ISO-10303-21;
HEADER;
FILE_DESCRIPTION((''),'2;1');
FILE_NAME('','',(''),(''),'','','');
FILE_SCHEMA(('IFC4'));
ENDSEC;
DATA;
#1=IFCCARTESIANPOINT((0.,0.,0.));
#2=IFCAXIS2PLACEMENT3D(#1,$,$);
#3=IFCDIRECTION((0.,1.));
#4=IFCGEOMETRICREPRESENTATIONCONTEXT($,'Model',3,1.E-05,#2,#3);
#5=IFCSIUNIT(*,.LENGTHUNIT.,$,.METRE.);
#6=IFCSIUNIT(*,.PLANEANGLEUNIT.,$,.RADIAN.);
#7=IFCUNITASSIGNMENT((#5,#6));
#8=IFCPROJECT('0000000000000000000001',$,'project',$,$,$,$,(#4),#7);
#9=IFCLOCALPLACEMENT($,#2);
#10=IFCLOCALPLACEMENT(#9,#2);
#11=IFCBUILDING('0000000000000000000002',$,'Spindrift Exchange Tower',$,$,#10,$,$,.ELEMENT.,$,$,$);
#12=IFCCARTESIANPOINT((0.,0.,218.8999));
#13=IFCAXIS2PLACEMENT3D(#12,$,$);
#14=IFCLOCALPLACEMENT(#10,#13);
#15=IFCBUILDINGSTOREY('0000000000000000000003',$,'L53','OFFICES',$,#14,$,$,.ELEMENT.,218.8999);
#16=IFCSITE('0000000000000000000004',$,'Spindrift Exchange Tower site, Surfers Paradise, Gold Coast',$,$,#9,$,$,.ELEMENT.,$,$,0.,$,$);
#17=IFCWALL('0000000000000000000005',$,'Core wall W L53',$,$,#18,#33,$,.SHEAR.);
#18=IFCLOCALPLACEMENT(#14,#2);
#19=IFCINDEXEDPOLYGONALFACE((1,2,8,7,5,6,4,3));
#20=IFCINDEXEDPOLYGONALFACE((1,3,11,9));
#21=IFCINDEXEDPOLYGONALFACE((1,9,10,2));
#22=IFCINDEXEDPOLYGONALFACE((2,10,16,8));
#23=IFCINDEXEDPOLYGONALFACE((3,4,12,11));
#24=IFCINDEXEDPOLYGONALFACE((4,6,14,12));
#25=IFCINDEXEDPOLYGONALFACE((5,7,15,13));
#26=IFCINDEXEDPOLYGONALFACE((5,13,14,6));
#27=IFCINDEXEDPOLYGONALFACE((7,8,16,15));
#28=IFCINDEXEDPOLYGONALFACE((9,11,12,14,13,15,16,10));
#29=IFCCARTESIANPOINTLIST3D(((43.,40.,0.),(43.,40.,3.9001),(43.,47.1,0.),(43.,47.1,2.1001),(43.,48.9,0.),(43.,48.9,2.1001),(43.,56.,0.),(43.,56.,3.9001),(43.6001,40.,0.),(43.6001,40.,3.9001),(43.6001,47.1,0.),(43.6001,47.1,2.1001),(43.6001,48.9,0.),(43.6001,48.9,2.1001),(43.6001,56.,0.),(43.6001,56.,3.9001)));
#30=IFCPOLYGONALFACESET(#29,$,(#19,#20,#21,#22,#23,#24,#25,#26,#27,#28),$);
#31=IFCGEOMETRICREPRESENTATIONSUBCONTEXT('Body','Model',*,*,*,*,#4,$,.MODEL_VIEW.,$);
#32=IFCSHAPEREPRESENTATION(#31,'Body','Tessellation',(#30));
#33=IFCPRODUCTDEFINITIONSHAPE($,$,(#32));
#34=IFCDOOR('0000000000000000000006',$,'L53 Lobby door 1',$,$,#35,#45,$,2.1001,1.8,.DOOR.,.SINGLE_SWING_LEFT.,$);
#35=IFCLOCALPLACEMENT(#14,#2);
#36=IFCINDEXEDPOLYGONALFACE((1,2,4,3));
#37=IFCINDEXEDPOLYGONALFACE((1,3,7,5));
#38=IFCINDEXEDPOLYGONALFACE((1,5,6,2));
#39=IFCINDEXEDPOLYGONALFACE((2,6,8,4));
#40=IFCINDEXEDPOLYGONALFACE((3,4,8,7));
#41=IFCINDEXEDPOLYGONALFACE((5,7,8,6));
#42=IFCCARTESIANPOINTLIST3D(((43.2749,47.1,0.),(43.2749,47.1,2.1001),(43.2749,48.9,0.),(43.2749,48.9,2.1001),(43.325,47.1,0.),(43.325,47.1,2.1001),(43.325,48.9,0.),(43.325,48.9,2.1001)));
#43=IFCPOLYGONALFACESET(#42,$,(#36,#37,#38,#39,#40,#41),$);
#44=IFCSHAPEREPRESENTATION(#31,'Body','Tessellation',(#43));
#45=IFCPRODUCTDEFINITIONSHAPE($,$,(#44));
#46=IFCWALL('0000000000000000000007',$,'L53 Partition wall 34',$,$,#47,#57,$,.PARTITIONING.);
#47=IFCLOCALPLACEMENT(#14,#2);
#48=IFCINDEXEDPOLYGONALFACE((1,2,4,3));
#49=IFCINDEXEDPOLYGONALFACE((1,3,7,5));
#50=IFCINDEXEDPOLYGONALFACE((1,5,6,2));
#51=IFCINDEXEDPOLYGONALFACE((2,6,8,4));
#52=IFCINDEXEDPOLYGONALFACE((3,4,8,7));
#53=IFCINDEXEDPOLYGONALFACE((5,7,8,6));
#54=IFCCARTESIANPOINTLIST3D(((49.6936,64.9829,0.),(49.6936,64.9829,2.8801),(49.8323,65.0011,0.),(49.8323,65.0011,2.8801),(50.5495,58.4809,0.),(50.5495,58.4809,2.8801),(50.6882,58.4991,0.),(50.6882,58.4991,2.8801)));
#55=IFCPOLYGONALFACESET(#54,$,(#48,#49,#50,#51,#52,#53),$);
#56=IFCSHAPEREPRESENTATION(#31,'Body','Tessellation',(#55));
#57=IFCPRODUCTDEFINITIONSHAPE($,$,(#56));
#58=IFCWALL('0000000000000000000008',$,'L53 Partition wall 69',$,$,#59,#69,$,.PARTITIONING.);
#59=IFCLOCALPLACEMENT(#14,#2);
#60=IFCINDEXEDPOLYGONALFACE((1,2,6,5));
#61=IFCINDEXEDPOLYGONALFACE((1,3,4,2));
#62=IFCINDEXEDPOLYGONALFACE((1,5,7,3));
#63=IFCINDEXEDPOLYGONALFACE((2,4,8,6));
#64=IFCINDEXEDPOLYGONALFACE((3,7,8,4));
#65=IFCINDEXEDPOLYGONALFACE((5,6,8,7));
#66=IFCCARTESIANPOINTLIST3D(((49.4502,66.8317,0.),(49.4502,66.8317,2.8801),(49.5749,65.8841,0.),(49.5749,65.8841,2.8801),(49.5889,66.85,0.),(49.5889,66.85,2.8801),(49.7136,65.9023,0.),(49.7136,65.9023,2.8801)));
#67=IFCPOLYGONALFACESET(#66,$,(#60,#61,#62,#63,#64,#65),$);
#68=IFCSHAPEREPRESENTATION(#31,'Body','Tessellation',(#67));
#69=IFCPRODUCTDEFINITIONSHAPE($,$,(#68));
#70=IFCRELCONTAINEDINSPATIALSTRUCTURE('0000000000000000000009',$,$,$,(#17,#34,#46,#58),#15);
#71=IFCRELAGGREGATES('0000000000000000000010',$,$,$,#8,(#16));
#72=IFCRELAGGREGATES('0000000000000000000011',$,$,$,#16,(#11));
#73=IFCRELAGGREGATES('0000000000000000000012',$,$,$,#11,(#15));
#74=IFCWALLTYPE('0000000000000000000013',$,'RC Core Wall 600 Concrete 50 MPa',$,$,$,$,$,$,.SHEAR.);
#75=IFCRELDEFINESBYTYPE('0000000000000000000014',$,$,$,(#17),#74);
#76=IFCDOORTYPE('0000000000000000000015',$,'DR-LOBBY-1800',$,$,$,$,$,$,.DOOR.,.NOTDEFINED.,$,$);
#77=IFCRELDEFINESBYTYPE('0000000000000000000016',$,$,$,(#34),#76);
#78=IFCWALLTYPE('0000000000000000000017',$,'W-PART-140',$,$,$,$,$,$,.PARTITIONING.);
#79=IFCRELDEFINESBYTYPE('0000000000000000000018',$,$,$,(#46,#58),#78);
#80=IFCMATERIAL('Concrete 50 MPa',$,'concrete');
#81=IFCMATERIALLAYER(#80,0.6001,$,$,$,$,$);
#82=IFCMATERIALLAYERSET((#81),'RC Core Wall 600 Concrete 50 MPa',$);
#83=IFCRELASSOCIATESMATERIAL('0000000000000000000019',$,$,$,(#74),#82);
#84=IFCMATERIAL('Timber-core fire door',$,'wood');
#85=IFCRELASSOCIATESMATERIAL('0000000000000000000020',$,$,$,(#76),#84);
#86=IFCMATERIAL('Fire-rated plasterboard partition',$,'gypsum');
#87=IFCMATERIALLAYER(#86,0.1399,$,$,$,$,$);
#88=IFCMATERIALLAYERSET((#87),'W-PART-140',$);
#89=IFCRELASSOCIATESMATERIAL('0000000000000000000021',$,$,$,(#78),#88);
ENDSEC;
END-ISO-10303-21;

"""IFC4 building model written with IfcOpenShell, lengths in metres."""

from ifc_helpers import new_model, si_unit, direction, frame, frame_2d, origin, place, context, subcontext, project, spatial, rectangle, extrude, source, transform, mapped, material, layer, layer_set, type_object, element, fill, save


model = new_model("IFC4")

# Units and contexts
model_context = context("Model", 3, precision=1e-05, world=origin(), true_north=direction((0.0, 1.0)))
body_context = subcontext(model_context, "Body", "Model", "MODEL_VIEW")
ifc_project = project(units=[si_unit("LENGTHUNIT", "METRE"), si_unit("PLANEANGLEUNIT", "RADIAN")], contexts=[model_context])

# Site, building, storey
site_placement = place(None, origin())
site = spatial("IfcSite", under=ifc_project, at=site_placement, Name="Spindrift Exchange Tower site, Surfers Paradise, Gold Coast", CompositionType="ELEMENT", RefElevation=0.0)
building_placement = place(site_placement, origin())
building = spatial("IfcBuilding", under=site, at=building_placement, Name="Spindrift Exchange Tower", CompositionType="ELEMENT")
storey_placement = place(building_placement, frame((0.0, 0.0, 218.8999)))
storey = spatial("IfcBuildingStorey", under=building, at=storey_placement, Name="L53", Description="OFFICES", CompositionType="ELEMENT", Elevation=218.8999)

# Shared definitions
ifc_material_1 = material(Name="Concrete 50 MPa", Category="concrete")

# Wall, opening, door
ifc_layer_1 = layer(ifc_material_1, 0.6001)
ifc_layer_set_1 = layer_set([ifc_layer_1], Name="RC Core Wall 600 Concrete 50 MPa")
wall_type_1 = type_object("IfcWallType", Name="RC Core Wall 600 Concrete 50 MPa", PredefinedType="SHEAR", material=ifc_layer_set_1)
wall_1_placement = place(storey_placement, frame((43.3, 56.0, 0.0), z_axis=(0.0, 0.0, 1.0), x_axis=(0.0, -1.0, 0.0)))
wall_1 = element("IfcWall", 1, at=wall_1_placement, inside=storey, type_object=wall_type_1, Name="Core wall W L53", PredefinedType="SHEAR", context=body_context, shape_type="SweptSolid", body=[
    extrude(rectangle(XDim=16.0, YDim=0.6001, at=frame_2d((8.0, 0.0))), origin(), (0.0, 0.0, 1.0), 3.9001),
])
opening_placement = place(wall_1_placement, frame((7.1001, 0.0, 0.0)))
opening = element("IfcOpeningElement", 2, at=opening_placement, cuts=wall_1, PredefinedType="OPENING", context=body_context, shape_type="SweptSolid", body=[
    extrude(rectangle(XDim=1.8, YDim=2.1001, at=frame_2d((0.8999, 1.05))), frame((0.0, 0.3101, 0.0), z_axis=(0.0, -1.0, 0.0), x_axis=(1.0, 0.0, 0.0)), (0.0, 0.0, 1.0), 0.6201),
])
ifc_material_2 = material(Name="Timber-core fire door", Category="wood")
door_type = type_object("IfcDoorType", Name="DR-LOBBY-1800", OperationType="NOTDEFINED", PredefinedType="DOOR", material=ifc_material_2)
shared_shape_1 = source(origin(), body_context, "Body", "SweptSolid", [
    extrude(rectangle(XDim=1.8, YDim=2.1001, at=frame_2d((0.8999, 1.05))), frame((0.0, 0.0249, 0.0), z_axis=(0.0, -1.0, 0.0), x_axis=(1.0, 0.0, 0.0)), (0.0, 0.0, 1.0), 0.05),
])
door_placement = place(opening_placement, origin())
door = element("IfcDoor", 3, at=door_placement, inside=storey, type_object=door_type, Name="L53 Lobby door 1", OperationType="SINGLE_SWING_LEFT", OverallHeight=2.1001, OverallWidth=1.8, PredefinedType="DOOR", context=body_context, shape_type="MappedRepresentation", body=[
    mapped(shared_shape_1, transform((0.0, 0.0, 0.0), scale=1.0)),
])
fill(opening, door)

# Walls
ifc_material_3 = material(Name="Fire-rated plasterboard partition", Category="gypsum")
ifc_layer_2 = layer(ifc_material_3, 0.1399)
ifc_layer_set_2 = layer_set([ifc_layer_2], Name="W-PART-140")
wall_type_2 = type_object("IfcWallType", Name="W-PART-140", PredefinedType="PARTITIONING", material=ifc_layer_set_2)
wall_2_placement = place(storey_placement, frame((50.6189, 58.49, 0.0), z_axis=(0.0, 0.0, 1.0), x_axis=(-0.13052, 0.991446, 0.0)))
element("IfcWall", 4, at=wall_2_placement, inside=storey, type_object=wall_type_2, Name="L53 Partition wall 34", PredefinedType="PARTITIONING", context=body_context, shape_type="SweptSolid", body=[
    extrude(rectangle(XDim=6.5581, YDim=0.1399, at=frame_2d((3.2791, 0.0))), origin(), (0.0, 0.0, 1.0), 2.8801),
])
wall_3_placement = place(storey_placement, frame((49.6443, 65.8931, 0.0), z_axis=(0.0, 0.0, 1.0), x_axis=(-0.130507, 0.991447, 0.0)))
element("IfcWall", 5, at=wall_3_placement, inside=storey, type_object=wall_type_2, Name="L53 Partition wall 69", PredefinedType="PARTITIONING", context=body_context, shape_type="SweptSolid", body=[
    extrude(rectangle(XDim=0.9558, YDim=0.1399, at=frame_2d((0.478, 0.0))), origin(), (0.0, 0.0, 1.0), 2.8801),
])

save(model, "model.ifc")
